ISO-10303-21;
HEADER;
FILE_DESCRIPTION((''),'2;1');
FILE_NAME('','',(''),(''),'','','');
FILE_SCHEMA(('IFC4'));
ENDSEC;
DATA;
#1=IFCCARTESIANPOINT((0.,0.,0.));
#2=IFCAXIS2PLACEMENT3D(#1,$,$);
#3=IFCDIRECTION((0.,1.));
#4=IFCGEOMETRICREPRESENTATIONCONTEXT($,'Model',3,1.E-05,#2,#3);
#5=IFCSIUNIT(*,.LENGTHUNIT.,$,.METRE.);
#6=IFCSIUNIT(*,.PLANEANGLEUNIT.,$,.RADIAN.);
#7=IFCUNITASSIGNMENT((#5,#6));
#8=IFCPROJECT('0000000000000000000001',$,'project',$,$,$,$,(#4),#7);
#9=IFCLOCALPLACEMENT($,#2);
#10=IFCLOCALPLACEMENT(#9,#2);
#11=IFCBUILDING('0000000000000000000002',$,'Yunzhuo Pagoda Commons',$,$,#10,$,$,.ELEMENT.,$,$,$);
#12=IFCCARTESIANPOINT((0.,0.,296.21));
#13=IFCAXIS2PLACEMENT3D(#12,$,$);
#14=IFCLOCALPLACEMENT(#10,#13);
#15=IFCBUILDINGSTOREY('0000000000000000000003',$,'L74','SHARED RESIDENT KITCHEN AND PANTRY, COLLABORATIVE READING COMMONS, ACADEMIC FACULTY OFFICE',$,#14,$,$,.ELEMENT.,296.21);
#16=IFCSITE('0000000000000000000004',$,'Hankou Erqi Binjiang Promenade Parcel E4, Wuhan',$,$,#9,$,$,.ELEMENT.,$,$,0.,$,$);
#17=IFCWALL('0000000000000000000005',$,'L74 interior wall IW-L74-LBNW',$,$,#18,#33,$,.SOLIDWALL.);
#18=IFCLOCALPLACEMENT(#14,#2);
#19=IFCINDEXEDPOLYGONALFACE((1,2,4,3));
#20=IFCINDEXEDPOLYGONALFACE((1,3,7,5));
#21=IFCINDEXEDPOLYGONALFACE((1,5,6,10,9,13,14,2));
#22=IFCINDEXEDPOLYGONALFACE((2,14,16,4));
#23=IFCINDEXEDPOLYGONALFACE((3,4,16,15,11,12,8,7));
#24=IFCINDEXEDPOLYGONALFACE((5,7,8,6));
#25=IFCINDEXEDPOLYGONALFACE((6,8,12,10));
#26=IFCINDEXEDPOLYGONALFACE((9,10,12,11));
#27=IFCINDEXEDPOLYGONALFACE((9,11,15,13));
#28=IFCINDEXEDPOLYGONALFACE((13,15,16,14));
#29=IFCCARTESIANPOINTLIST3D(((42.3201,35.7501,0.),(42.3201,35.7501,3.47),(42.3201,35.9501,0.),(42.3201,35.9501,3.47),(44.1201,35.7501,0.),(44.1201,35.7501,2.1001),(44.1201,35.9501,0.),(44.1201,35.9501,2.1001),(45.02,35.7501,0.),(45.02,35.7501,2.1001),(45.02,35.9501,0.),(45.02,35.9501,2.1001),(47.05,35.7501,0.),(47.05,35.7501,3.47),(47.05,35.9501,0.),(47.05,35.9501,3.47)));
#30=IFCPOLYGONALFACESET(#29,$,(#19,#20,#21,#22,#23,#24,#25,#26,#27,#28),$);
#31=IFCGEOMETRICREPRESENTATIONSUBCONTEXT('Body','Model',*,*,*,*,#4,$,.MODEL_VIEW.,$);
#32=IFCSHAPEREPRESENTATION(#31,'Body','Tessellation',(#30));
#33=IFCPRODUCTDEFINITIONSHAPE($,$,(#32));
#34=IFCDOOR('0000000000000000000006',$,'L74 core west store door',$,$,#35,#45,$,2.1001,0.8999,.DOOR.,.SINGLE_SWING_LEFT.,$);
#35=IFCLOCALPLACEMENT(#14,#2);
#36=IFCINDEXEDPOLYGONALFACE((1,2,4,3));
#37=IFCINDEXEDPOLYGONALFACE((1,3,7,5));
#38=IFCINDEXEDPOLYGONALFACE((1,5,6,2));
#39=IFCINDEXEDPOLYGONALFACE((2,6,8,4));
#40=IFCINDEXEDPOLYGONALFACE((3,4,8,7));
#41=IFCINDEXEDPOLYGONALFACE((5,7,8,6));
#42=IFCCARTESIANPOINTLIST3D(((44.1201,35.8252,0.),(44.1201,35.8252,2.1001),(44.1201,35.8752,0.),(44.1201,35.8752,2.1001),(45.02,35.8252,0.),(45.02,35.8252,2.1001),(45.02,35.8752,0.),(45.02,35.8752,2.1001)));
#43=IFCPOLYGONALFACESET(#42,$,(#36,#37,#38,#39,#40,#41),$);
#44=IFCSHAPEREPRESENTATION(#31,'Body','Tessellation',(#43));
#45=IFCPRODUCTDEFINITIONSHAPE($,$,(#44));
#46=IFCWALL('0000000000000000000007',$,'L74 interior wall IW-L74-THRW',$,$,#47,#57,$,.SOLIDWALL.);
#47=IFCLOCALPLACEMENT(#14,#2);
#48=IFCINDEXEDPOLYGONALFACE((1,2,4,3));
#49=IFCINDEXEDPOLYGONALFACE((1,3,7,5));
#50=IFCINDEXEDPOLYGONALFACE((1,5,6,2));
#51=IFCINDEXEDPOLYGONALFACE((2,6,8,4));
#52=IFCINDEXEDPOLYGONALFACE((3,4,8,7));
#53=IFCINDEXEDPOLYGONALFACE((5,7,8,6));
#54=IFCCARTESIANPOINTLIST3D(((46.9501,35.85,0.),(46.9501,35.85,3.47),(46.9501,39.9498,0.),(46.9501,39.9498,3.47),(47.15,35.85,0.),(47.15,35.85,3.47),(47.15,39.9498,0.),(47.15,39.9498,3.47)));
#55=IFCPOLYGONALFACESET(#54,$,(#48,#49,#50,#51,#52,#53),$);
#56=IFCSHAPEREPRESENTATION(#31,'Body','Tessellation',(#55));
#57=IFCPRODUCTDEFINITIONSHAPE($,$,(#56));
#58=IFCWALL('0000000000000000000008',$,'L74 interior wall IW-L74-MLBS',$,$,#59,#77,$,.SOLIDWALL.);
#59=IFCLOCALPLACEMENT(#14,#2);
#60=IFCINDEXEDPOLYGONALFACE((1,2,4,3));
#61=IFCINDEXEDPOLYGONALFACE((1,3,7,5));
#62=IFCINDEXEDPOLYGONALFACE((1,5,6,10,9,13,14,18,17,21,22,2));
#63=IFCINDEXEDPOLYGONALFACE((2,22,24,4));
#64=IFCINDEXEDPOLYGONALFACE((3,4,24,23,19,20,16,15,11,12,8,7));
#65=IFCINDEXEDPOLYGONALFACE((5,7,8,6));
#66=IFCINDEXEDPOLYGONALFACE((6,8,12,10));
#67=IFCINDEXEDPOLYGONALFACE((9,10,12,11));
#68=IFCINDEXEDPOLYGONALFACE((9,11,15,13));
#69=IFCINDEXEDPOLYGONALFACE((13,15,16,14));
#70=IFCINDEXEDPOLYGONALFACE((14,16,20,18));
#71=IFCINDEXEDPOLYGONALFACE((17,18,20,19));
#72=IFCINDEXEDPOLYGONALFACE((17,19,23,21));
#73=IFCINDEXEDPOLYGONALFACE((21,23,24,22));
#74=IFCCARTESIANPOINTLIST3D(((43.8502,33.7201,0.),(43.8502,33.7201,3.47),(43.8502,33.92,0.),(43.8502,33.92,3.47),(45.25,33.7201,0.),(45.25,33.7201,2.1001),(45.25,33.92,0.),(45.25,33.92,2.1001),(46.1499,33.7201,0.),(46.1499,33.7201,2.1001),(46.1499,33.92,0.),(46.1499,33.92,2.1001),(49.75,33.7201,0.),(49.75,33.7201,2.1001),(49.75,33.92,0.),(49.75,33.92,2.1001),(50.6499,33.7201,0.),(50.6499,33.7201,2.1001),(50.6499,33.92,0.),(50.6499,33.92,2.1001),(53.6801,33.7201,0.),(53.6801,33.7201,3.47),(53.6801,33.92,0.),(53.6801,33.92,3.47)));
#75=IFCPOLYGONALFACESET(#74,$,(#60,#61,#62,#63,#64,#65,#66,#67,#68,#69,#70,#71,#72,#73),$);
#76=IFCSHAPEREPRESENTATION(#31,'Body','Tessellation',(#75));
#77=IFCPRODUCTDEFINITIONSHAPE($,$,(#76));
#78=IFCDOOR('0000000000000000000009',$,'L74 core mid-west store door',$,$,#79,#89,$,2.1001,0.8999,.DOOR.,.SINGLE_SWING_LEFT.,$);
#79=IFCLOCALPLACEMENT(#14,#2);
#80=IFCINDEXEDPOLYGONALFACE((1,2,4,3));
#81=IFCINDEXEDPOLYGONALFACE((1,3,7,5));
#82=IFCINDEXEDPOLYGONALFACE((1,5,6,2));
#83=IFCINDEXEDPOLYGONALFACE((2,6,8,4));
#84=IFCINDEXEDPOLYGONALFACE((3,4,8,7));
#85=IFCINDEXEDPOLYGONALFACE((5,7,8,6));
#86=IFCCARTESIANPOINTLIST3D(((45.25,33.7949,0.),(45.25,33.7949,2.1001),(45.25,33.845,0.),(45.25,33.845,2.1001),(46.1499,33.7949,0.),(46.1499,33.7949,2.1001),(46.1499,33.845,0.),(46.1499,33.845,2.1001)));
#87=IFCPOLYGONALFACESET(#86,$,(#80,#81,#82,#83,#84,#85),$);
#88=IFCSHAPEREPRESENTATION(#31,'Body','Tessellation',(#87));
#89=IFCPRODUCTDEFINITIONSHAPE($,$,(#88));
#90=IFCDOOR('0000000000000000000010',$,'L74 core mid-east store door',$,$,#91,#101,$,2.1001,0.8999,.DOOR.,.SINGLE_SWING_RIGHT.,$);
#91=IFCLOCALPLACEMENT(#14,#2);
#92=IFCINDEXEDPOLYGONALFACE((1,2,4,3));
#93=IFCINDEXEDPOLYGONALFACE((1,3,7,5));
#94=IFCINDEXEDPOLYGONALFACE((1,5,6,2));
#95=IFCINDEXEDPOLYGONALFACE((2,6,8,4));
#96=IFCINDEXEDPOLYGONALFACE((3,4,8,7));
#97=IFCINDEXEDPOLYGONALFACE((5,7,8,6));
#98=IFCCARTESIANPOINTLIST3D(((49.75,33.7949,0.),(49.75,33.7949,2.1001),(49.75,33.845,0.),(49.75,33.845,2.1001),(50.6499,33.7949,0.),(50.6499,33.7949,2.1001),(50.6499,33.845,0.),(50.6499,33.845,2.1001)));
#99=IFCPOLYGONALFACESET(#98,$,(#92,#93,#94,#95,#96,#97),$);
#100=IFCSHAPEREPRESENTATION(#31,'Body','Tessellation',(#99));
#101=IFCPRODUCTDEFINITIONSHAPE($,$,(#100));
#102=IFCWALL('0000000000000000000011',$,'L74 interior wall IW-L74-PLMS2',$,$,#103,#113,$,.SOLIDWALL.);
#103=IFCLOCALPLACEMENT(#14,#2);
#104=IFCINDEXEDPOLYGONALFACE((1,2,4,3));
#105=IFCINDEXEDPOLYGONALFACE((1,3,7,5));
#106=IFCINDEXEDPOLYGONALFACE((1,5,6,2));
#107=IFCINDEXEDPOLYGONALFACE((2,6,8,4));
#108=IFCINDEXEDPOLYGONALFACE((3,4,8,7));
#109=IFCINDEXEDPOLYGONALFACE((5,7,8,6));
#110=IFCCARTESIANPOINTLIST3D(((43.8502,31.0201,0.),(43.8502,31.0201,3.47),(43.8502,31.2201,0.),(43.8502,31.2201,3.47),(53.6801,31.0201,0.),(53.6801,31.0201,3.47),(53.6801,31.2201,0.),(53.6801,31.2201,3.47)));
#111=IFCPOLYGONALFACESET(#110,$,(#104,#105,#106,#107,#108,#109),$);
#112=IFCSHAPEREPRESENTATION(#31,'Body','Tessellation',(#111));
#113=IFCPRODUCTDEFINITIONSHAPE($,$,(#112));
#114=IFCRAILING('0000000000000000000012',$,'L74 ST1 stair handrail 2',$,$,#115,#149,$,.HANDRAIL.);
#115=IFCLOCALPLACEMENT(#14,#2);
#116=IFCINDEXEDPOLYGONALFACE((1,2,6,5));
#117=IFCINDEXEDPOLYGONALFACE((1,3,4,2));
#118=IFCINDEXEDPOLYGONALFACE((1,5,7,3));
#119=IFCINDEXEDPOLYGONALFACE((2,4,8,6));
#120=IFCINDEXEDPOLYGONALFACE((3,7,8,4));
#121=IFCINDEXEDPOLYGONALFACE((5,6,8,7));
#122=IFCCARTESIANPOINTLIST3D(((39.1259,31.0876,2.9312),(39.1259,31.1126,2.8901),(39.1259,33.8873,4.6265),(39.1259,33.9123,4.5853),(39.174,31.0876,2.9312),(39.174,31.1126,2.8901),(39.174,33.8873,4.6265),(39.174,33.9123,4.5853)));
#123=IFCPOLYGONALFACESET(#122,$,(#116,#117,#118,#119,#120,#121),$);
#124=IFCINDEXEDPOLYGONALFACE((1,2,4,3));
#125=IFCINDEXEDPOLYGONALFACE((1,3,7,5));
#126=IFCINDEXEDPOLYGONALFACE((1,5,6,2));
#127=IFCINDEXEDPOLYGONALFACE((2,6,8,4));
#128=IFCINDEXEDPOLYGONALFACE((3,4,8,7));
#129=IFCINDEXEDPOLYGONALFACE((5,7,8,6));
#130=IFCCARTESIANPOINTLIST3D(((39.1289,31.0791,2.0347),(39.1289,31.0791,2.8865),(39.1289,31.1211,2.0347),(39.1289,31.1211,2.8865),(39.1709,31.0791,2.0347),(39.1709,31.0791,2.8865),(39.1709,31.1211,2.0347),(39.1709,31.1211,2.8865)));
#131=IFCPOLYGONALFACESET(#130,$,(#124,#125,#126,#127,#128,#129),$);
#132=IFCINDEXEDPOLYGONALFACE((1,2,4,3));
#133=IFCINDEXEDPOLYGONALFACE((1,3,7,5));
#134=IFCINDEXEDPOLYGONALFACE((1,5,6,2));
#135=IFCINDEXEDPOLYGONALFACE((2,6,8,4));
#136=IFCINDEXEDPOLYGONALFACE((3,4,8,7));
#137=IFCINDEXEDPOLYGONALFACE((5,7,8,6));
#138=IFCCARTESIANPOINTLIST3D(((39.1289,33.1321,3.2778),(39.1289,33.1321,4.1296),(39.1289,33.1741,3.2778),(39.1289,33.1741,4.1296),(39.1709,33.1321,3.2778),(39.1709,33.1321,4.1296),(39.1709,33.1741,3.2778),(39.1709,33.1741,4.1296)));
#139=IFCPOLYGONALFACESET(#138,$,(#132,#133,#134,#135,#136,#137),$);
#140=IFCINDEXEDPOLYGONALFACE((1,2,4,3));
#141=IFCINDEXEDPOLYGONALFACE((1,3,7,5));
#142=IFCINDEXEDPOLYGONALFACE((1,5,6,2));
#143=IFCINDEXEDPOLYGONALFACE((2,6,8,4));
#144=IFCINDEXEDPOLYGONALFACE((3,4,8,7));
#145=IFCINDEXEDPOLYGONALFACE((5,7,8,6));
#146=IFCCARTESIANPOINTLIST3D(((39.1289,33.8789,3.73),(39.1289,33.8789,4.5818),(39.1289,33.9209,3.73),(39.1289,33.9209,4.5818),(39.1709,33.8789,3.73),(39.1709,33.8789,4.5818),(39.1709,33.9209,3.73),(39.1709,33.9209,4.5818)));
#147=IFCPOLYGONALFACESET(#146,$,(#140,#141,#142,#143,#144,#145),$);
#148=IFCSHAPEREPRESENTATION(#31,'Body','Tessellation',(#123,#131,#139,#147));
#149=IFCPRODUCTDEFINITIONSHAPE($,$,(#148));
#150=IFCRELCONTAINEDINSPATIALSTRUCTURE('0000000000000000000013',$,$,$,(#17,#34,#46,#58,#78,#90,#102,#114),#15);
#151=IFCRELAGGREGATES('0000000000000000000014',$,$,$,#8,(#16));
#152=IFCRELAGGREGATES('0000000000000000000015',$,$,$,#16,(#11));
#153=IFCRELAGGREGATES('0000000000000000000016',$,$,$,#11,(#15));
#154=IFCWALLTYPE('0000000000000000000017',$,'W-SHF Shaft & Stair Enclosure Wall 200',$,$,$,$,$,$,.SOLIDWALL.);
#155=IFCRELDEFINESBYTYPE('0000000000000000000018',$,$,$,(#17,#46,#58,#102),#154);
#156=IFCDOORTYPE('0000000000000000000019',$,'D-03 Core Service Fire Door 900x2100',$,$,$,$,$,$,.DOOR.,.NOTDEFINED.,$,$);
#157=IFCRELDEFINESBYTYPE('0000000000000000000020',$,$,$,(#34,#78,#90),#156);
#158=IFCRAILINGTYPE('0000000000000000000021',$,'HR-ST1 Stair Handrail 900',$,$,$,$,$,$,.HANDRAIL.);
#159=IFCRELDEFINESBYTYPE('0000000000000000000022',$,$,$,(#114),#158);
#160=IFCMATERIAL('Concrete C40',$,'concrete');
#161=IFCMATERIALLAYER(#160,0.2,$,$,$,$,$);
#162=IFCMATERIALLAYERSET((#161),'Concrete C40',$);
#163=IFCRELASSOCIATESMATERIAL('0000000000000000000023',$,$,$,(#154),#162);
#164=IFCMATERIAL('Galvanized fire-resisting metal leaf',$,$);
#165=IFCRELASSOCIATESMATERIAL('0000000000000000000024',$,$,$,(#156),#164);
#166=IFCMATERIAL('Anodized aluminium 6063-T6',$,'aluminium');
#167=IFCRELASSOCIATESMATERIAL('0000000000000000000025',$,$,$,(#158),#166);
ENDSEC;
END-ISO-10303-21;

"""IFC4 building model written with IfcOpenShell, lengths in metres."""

from ifc_helpers import new_model, si_unit, direction, frame, frame_2d, origin, origin_with_axes, origin_2d, place, context, subcontext, project, spatial, rectangle, extrude, source, transform, mapped, material, layer, layer_set, type_object, element, fill, save


model = new_model("IFC4")

# Units and contexts
model_context = context("Model", 3, precision=1e-05, world=origin(), true_north=direction((0.0, 1.0)))
body_context = subcontext(model_context, "Body", "Model", "MODEL_VIEW")
ifc_project = project(units=[si_unit("LENGTHUNIT", "METRE"), si_unit("PLANEANGLEUNIT", "RADIAN")], contexts=[model_context])

# Site, building, storey
site_placement = place(None, origin())
site = spatial("IfcSite", under=ifc_project, at=site_placement, Name="Hankou Erqi Binjiang Promenade Parcel E4, Wuhan", CompositionType="ELEMENT", RefElevation=0.0)
building_placement = place(site_placement, origin())
building = spatial("IfcBuilding", under=site, at=building_placement, Name="Yunzhuo Pagoda Commons", CompositionType="ELEMENT")
storey_placement = place(building_placement, frame((0.0, 0.0, 296.21)))
storey = spatial("IfcBuildingStorey", under=building, at=storey_placement, Name="L74", Description="SHARED RESIDENT KITCHEN AND PANTRY, COLLABORATIVE READING COMMONS, ACADEMIC FACULTY OFFICE", CompositionType="ELEMENT", Elevation=296.21)

# Shared definitions
ifc_material_1 = material(Name="Concrete C40", Category="concrete")
ifc_layer_1 = layer(ifc_material_1, 0.2)
ifc_layer_set_1 = layer_set([ifc_layer_1], Name="Concrete C40")
wall_type_1 = type_object("IfcWallType", Name="W-SHF Shaft & Stair Enclosure Wall 200", PredefinedType="SOLIDWALL", material=ifc_layer_set_1)
ifc_material_2 = material(Name="Galvanized fire-resisting metal leaf")

# Wall, opening, door
wall_1_placement = place(storey_placement, frame((42.3201, 35.8501, 0.0), z_axis=(0.0, 0.0, 1.0), x_axis=(1.0, 0.0, 0.0)))
wall_1 = element("IfcWall", 1, at=wall_1_placement, inside=storey, type_object=wall_type_1, Name="L74 interior wall IW-L74-LBNW", PredefinedType="SOLIDWALL", context=body_context, shape_type="SweptSolid", body=[
    extrude(rectangle(XDim=4.73, YDim=0.2, at=frame_2d((2.365, 0.0))), origin(), (0.0, 0.0, 1.0), 3.47),
])
opening_1_placement = place(wall_1_placement, frame((1.8, 0.0, 0.0)))
opening_1 = element("IfcOpeningElement", 2, at=opening_1_placement, cuts=wall_1, PredefinedType="OPENING", context=body_context, shape_type="SweptSolid", body=[
    extrude(rectangle(XDim=0.8999, YDim=2.1001, at=frame_2d((0.45, 1.05))), frame((0.0, 0.1099, 0.0), z_axis=(0.0, -1.0, 0.0), x_axis=(1.0, 0.0, 0.0)), (0.0, 0.0, 1.0), 0.22),
])
door_type_1 = type_object("IfcDoorType", Name="D-03 Core Service Fire Door 900x2100", OperationType="NOTDEFINED", PredefinedType="DOOR", material=ifc_material_2)
shared_shape_1 = source(origin(), body_context, "Body", "SweptSolid", [
    extrude(rectangle(XDim=0.8999, YDim=2.1001, at=frame_2d((0.45, 1.05))), frame((0.0, 0.0249, 0.0), z_axis=(0.0, -1.0, 0.0), x_axis=(1.0, 0.0, 0.0)), (0.0, 0.0, 1.0), 0.05),
])
door_1_placement = place(opening_1_placement, frame((0.8999, 0.0, 0.0), z_axis=(0.0, 0.0, 1.0), x_axis=(-1.0, 0.0, 0.0)))
door_1 = element("IfcDoor", 3, at=door_1_placement, inside=storey, type_object=door_type_1, Name="L74 core west store door", OperationType="SINGLE_SWING_LEFT", OverallHeight=2.1001, OverallWidth=0.8999, PredefinedType="DOOR", context=body_context, shape_type="MappedRepresentation", body=[
    mapped(shared_shape_1, transform((0.0, 0.0, 0.0), scale=1.0)),
])
fill(opening_1, door_1)

# Wall
wall_2_placement = place(storey_placement, frame((47.05, 35.8501, 0.0), z_axis=(0.0, 0.0, 1.0), x_axis=(0.0, 1.0, 0.0)))
element("IfcWall", 4, at=wall_2_placement, inside=storey, type_object=wall_type_1, Name="L74 interior wall IW-L74-THRW", PredefinedType="SOLIDWALL", context=body_context, shape_type="SweptSolid", body=[
    extrude(rectangle(XDim=4.0999, YDim=0.2, at=frame_2d((2.0498, 0.0))), origin(), (0.0, 0.0, 1.0), 3.47),
])

# Wall, openings, doors
wall_3_placement = place(storey_placement, frame((43.8501, 33.8201, 0.0), z_axis=(0.0, 0.0, 1.0), x_axis=(1.0, 0.0, 0.0)))
wall_3 = element("IfcWall", 5, at=wall_3_placement, inside=storey, type_object=wall_type_1, Name="L74 interior wall IW-L74-MLBS", PredefinedType="SOLIDWALL", context=body_context, shape_type="SweptSolid", body=[
    extrude(rectangle(XDim=9.8298, YDim=0.2, at=frame_2d((4.915, 0.0))), origin(), (0.0, 0.0, 1.0), 3.47),
])
opening_2_placement = place(wall_3_placement, frame((1.3999, 0.0, 0.0)))
opening_2 = element("IfcOpeningElement", 6, at=opening_2_placement, cuts=wall_3, PredefinedType="OPENING", context=body_context, shape_type="SweptSolid", body=[
    extrude(rectangle(XDim=0.8999, YDim=2.1001, at=frame_2d((0.45, 1.05))), frame((0.0, 0.1099, 0.0), z_axis=(0.0, -1.0, 0.0), x_axis=(1.0, 0.0, 0.0)), (0.0, 0.0, 1.0), 0.22),
])
opening_3_placement = place(wall_3_placement, frame((5.8999, 0.0, 0.0)))
opening_3 = element("IfcOpeningElement", 7, at=opening_3_placement, cuts=wall_3, PredefinedType="OPENING", context=body_context, shape_type="SweptSolid", body=[
    extrude(rectangle(XDim=0.8999, YDim=2.1001, at=frame_2d((0.45, 1.05))), frame((0.0, 0.1099, 0.0), z_axis=(0.0, -1.0, 0.0), x_axis=(1.0, 0.0, 0.0)), (0.0, 0.0, 1.0), 0.22),
])
door_2_placement = place(opening_2_placement, origin_with_axes())
door_2 = element("IfcDoor", 8, at=door_2_placement, inside=storey, type_object=door_type_1, Name="L74 core mid-west store door", OperationType="SINGLE_SWING_LEFT", OverallHeight=2.1001, OverallWidth=0.8999, PredefinedType="DOOR", context=body_context, shape_type="MappedRepresentation", body=[
    mapped(shared_shape_1, transform((0.0, 0.0, 0.0), scale=1.0)),
])
fill(opening_2, door_2)
door_3_placement = place(opening_3_placement, origin_with_axes())
door_3 = element("IfcDoor", 9, at=door_3_placement, inside=storey, type_object=door_type_1, Name="L74 core mid-east store door", OperationType="SINGLE_SWING_RIGHT", OverallHeight=2.1001, OverallWidth=0.8999, PredefinedType="DOOR", context=body_context, shape_type="MappedRepresentation", body=[
    mapped(shared_shape_1, transform((0.0, 0.0, 0.0), scale=1.0)),
])
fill(opening_3, door_3)

# Wall
wall_4_placement = place(storey_placement, frame((43.8501, 31.1201, 0.0), z_axis=(0.0, 0.0, 1.0), x_axis=(1.0, 0.0, 0.0)))
element("IfcWall", 10, at=wall_4_placement, inside=storey, type_object=wall_type_1, Name="L74 interior wall IW-L74-PLMS2", PredefinedType="SOLIDWALL", context=body_context, shape_type="SweptSolid", body=[
    extrude(rectangle(XDim=9.8298, YDim=0.2, at=frame_2d((4.915, 0.0))), origin(), (0.0, 0.0, 1.0), 3.47),
])

# Railing
ifc_material_3 = material(Name="Anodized aluminium 6063-T6", Category="aluminium")
railing_type = type_object("IfcRailingType", Name="HR-ST1 Stair Handrail 900", PredefinedType="HANDRAIL", material=ifc_material_3)
railing_placement = place(storey_placement, frame((39.1499, 31.1001, 2.0347)))
element("IfcRailing", 11, at=railing_placement, inside=storey, type_object=railing_type, Name="L74 ST1 stair handrail 2", PredefinedType="HANDRAIL", context=body_context, shape_type="SweptSolid", body=[
    extrude(rectangle(XDim=0.0481, YDim=0.0481, at=origin_2d()), frame((0.0, 0.0, 0.876), z_axis=(0.0, 0.855406, 0.517958), x_axis=(-1.0, 0.0, 0.0)), (0.0, 0.0, 1.0), 3.2729),
    extrude(rectangle(XDim=0.042, YDim=0.042, at=origin_2d()), origin(), (0.0, 0.0, 1.0), 0.8518),
    extrude(rectangle(XDim=0.042, YDim=0.042, at=origin_2d()), frame((0.0, 2.053, 1.2432)), (0.0, 0.0, 1.0), 0.8518),
    extrude(rectangle(XDim=0.042, YDim=0.042, at=origin_2d()), frame((0.0, 2.7998, 1.6953)), (0.0, 0.0, 1.0), 0.8518),
])

save(model, "model.ifc")
